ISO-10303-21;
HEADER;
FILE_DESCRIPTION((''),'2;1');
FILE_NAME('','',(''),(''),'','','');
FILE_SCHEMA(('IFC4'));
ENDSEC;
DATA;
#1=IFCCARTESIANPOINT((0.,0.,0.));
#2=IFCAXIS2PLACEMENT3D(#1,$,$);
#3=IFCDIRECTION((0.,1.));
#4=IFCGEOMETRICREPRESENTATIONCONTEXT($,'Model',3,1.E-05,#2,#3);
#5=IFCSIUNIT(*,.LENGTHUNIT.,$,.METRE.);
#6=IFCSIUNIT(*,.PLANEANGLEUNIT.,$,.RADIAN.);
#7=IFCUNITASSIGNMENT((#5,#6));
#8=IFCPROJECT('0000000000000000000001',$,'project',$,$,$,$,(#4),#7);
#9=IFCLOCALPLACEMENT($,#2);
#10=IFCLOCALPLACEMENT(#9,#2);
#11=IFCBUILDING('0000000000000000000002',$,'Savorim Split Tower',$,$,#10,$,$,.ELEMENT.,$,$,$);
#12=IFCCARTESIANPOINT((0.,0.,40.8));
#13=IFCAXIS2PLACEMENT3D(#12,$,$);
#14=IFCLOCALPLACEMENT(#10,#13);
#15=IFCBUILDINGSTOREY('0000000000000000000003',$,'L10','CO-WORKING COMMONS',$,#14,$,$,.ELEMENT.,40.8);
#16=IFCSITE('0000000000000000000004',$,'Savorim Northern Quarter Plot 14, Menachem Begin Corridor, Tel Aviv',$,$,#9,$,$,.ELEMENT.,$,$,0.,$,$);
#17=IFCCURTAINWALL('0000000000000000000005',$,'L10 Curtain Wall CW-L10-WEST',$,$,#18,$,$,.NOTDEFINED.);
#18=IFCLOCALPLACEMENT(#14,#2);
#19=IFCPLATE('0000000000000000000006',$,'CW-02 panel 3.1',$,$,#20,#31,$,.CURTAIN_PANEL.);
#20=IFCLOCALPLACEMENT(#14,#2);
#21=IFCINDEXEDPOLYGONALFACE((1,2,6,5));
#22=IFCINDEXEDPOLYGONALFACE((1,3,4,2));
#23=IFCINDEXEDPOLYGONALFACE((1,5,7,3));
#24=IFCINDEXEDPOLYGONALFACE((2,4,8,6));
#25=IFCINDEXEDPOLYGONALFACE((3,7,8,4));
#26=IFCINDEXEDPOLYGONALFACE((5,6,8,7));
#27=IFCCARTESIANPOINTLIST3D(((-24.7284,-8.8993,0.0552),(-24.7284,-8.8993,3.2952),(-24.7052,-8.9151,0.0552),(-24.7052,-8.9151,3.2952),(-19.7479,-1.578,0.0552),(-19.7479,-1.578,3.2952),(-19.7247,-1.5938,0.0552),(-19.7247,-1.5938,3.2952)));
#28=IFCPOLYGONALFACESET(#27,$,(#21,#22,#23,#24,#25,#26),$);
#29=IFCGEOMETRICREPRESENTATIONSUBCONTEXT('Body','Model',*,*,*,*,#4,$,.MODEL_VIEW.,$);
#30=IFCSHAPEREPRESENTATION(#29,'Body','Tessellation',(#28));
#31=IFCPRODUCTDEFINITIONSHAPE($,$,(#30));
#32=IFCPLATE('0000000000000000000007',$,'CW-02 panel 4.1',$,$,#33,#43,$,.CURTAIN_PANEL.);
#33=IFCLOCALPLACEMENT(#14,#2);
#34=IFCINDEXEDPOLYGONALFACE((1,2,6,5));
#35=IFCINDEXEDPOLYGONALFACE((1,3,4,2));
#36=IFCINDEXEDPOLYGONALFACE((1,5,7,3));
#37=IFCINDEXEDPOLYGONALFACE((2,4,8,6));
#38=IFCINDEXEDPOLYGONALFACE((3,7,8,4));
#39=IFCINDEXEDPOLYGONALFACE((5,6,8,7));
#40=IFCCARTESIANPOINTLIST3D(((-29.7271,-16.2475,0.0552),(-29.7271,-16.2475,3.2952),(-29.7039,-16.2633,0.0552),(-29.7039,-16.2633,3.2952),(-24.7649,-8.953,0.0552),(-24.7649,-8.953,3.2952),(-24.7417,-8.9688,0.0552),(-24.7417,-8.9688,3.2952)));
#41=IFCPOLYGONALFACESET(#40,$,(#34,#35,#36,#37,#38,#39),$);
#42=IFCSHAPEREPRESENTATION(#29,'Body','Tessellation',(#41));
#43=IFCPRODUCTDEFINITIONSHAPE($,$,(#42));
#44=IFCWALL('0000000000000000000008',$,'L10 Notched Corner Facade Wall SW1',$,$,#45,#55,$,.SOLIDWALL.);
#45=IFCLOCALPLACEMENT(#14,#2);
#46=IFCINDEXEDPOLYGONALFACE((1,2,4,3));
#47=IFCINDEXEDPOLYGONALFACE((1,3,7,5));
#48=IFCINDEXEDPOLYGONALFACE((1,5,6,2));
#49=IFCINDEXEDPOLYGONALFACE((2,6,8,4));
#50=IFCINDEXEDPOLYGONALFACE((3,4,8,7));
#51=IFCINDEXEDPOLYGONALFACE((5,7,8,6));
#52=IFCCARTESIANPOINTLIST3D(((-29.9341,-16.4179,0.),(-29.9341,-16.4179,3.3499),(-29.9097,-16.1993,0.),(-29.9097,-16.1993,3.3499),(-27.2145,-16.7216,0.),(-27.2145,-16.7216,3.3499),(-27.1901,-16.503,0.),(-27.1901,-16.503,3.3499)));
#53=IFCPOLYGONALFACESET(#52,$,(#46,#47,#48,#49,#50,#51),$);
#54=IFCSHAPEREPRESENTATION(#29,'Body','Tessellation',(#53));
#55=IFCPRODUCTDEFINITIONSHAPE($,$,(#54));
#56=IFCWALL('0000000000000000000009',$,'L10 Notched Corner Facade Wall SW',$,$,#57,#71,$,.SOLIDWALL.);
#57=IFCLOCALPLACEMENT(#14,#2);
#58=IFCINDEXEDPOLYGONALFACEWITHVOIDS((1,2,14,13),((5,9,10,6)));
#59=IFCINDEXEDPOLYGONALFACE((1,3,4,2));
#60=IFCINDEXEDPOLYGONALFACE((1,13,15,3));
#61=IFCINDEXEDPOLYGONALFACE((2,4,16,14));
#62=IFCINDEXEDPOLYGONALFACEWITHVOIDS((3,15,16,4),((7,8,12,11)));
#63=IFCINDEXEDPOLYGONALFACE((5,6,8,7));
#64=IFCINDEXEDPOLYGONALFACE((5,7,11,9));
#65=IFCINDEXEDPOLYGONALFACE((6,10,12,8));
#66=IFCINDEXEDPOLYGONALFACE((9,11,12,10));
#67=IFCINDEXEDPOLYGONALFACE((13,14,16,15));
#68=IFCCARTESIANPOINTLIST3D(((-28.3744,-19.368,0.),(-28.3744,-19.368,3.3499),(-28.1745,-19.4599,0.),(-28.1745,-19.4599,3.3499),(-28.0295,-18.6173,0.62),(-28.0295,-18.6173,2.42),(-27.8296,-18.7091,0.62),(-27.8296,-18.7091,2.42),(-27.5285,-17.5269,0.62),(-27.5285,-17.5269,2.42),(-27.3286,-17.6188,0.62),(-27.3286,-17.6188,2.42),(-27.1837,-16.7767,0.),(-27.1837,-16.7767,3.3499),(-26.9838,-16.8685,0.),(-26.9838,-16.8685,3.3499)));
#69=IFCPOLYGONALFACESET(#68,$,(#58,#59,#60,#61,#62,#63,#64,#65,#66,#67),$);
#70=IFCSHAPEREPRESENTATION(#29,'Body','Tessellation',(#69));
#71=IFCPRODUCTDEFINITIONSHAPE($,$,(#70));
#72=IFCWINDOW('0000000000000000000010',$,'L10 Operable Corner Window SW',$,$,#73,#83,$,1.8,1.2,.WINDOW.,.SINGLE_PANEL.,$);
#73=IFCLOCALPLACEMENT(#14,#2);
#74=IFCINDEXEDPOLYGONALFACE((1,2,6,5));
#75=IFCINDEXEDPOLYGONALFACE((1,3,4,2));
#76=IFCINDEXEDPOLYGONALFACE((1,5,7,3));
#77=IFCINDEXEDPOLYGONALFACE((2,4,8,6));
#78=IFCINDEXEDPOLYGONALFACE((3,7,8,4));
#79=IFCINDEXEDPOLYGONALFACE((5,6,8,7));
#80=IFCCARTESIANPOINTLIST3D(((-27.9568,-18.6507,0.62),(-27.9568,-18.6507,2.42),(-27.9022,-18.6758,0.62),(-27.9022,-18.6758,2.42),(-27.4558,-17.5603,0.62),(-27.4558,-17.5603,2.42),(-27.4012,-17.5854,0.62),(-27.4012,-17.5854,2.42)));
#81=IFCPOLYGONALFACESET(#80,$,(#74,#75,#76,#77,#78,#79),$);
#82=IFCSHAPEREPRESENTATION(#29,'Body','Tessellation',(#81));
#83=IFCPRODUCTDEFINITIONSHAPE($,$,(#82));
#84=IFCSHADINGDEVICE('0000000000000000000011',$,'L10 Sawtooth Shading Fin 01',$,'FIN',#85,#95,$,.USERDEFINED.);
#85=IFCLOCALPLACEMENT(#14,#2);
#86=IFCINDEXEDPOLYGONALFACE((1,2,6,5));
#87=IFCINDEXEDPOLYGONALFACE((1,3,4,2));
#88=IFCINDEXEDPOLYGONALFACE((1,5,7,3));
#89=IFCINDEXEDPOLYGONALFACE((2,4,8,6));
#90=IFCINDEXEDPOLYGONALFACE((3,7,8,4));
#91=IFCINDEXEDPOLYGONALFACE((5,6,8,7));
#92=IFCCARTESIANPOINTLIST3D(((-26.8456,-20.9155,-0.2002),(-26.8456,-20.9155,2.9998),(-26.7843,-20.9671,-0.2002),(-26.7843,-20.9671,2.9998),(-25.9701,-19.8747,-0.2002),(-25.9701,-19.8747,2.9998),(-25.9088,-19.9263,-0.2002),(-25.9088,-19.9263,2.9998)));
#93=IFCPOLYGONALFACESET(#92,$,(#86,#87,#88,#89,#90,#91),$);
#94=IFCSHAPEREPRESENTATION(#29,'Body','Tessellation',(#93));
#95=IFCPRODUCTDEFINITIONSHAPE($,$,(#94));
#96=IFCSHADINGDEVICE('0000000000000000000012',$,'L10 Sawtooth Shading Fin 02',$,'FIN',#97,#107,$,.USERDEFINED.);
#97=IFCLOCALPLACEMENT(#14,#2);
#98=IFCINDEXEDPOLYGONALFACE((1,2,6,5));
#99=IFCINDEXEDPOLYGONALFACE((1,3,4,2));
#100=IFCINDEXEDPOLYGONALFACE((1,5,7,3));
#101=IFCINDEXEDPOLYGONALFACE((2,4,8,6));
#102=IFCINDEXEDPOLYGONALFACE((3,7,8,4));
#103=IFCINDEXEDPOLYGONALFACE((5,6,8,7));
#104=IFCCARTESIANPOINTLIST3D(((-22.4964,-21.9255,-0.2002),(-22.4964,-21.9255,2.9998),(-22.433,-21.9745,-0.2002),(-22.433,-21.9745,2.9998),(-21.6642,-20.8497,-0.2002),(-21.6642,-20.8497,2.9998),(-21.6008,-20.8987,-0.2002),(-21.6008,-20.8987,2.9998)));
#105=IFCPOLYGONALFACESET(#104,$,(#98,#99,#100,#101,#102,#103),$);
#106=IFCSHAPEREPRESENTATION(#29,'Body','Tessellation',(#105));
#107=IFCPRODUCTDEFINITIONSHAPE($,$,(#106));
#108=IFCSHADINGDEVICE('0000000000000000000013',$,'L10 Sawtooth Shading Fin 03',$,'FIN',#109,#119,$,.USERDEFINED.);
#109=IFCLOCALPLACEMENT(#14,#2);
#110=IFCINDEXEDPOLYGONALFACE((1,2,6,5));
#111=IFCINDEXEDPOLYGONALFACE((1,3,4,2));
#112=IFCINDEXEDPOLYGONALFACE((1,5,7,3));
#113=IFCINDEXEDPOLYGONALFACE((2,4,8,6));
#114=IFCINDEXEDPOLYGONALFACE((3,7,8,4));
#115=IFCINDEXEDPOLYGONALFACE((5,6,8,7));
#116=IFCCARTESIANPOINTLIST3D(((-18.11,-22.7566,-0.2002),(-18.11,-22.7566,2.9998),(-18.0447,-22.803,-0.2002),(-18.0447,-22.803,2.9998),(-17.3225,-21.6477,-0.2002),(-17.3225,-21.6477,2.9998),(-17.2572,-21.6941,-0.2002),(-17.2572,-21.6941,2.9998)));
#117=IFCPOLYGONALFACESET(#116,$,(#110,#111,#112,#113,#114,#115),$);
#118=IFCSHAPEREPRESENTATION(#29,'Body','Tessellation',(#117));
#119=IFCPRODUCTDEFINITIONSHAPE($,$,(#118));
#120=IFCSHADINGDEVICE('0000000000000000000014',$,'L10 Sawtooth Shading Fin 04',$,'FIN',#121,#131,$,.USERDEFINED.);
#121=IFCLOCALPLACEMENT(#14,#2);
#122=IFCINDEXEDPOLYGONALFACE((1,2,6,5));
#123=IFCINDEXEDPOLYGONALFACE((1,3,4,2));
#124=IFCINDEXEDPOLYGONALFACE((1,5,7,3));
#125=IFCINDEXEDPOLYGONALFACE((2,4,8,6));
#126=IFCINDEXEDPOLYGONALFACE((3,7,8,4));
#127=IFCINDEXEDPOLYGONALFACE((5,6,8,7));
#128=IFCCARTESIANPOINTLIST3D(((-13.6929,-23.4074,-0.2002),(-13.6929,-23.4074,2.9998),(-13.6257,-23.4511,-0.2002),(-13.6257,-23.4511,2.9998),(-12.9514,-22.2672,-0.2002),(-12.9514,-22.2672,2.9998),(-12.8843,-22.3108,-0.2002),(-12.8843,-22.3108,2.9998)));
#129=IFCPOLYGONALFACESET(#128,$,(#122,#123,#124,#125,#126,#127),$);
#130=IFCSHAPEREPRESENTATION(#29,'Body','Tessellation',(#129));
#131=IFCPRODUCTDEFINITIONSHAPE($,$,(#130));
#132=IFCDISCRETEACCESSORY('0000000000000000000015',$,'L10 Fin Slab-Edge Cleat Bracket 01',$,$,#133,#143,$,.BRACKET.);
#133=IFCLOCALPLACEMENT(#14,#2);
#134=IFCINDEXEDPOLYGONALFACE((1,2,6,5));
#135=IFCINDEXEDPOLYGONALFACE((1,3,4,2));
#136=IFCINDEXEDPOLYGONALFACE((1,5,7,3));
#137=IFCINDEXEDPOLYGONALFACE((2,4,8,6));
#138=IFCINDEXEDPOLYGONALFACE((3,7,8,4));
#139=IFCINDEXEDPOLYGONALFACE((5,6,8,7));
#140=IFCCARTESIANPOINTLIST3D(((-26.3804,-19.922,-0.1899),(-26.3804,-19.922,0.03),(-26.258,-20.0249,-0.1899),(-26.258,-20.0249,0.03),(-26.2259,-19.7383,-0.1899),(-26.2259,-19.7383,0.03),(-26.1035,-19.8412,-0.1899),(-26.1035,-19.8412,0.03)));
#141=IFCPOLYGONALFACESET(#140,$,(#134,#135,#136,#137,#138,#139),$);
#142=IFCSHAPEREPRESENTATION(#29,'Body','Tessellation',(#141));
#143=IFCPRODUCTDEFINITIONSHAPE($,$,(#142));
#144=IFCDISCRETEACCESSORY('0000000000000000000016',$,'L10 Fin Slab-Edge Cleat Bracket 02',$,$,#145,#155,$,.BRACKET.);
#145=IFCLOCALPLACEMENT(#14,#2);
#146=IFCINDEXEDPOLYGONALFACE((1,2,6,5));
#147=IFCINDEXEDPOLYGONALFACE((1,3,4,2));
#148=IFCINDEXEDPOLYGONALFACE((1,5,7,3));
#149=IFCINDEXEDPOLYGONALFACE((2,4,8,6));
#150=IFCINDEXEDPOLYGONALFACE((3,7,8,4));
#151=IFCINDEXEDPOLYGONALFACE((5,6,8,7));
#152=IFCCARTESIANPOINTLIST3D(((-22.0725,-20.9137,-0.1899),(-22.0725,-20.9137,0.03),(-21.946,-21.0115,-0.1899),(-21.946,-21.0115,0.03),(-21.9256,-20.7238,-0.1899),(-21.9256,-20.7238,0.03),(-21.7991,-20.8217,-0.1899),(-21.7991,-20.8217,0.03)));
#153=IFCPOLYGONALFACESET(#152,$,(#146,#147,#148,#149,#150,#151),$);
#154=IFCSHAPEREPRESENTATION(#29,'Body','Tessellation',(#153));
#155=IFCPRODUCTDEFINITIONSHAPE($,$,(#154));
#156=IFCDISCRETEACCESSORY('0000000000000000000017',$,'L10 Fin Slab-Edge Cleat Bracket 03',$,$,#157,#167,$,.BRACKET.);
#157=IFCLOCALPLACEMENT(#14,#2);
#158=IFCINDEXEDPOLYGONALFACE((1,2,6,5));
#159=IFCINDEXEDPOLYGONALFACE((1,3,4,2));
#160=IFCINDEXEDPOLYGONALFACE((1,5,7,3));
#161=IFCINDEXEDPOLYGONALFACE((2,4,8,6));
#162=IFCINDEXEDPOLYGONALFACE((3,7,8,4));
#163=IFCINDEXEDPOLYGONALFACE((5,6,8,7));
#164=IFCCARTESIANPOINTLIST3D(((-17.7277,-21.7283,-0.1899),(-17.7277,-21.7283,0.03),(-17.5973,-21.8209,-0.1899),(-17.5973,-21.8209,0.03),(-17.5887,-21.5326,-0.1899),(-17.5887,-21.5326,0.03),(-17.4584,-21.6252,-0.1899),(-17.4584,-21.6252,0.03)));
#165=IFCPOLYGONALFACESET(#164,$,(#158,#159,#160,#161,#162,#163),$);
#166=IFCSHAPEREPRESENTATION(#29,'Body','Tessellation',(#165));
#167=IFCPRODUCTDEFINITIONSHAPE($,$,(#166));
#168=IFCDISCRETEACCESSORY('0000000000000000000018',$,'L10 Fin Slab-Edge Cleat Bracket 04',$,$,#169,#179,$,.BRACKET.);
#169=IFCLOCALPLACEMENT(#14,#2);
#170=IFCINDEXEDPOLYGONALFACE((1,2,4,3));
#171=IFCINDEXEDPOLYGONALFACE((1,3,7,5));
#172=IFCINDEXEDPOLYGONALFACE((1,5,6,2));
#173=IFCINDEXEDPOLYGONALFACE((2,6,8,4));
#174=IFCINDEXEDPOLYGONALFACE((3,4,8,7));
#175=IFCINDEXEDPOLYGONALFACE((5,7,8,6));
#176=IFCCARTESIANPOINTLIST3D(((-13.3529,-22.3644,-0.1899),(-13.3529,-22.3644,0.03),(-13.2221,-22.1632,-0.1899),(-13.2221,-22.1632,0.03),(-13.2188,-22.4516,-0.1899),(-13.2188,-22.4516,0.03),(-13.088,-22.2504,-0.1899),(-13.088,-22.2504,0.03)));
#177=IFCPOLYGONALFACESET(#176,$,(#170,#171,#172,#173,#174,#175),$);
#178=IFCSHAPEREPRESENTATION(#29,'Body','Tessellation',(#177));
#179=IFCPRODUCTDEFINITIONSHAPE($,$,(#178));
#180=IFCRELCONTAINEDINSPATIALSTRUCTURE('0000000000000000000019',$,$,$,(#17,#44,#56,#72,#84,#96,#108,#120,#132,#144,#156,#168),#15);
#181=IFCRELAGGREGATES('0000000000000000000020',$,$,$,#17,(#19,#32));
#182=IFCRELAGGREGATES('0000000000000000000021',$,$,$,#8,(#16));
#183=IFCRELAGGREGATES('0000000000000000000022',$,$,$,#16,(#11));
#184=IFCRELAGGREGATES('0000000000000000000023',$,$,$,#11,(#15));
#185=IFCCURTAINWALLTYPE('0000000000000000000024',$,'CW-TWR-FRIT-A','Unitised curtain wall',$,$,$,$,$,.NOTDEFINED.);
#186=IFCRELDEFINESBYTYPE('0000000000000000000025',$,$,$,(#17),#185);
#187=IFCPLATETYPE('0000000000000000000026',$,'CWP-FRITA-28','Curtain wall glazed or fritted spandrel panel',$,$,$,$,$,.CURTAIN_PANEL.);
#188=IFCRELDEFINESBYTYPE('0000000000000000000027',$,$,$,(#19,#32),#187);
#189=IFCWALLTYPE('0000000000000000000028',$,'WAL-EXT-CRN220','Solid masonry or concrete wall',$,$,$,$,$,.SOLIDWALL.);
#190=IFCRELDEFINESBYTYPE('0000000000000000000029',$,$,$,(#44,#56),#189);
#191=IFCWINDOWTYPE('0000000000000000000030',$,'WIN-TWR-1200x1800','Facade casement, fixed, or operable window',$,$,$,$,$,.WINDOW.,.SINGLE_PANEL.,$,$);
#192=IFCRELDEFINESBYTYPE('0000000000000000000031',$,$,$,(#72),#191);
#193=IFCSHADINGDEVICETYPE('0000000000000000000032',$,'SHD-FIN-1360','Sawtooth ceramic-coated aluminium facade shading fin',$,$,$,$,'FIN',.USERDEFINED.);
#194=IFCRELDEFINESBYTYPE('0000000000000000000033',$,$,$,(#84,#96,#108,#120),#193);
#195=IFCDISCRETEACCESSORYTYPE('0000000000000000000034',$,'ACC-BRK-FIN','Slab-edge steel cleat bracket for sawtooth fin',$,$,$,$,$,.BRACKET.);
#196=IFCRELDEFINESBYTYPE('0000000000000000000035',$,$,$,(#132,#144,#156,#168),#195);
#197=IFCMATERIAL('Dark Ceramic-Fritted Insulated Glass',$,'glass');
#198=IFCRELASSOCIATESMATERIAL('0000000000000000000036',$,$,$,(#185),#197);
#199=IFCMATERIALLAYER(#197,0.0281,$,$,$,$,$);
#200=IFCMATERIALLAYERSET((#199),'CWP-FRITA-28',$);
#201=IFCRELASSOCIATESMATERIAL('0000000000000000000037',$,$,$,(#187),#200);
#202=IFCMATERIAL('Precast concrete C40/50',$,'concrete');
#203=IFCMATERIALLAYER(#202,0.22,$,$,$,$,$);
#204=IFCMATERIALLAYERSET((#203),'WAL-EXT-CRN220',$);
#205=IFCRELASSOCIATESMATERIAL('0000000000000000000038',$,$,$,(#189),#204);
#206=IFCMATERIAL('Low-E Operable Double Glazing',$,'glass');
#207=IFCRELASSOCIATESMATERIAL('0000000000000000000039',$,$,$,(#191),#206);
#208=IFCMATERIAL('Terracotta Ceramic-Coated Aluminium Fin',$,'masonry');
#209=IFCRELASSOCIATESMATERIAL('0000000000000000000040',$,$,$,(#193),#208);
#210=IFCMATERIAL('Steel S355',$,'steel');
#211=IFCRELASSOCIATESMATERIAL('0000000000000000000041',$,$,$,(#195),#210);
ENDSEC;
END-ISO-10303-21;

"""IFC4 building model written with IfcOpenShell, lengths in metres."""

from ifc_helpers import new_model, si_unit, direction, frame, frame_2d, origin, origin_2d, place, context, subcontext, project, spatial, rectangle, extrude, material, layer, layer_set, type_object, element, fill, aggregate, save


model = new_model("IFC4")

# Units and contexts
model_context = context("Model", 3, precision=1e-05, world=origin(), true_north=direction((0.0, 1.0)))
body_context = subcontext(model_context, "Body", "Model", "MODEL_VIEW")
ifc_project = project(units=[si_unit("LENGTHUNIT", "METRE"), si_unit("PLANEANGLEUNIT", "RADIAN")], contexts=[model_context])

# Site, building, storey
site_placement = place(None, origin())
site = spatial("IfcSite", under=ifc_project, at=site_placement, Name="Savorim Northern Quarter Plot 14, Menachem Begin Corridor, Tel Aviv", CompositionType="ELEMENT", RefElevation=0.0)
building_placement = place(site_placement, origin())
building = spatial("IfcBuilding", under=site, at=building_placement, Name="Savorim Split Tower", CompositionType="ELEMENT")
storey_placement = place(building_placement, frame((0.0, 0.0, 40.8)))
storey = spatial("IfcBuildingStorey", under=building, at=storey_placement, Name="L10", Description="CO-WORKING COMMONS", CompositionType="ELEMENT", Elevation=40.8)

# Shared definitions
ifc_material_1 = material(Name="Steel S355", Category="steel")

# Shared definitions
ifc_material_2 = material(Name="Dark Ceramic-Fritted Insulated Glass", Category="glass")
curtain_wall_type = type_object("IfcCurtainWallType", Name="CW-TWR-FRIT-A", Description="Unitised curtain wall", PredefinedType="NOTDEFINED", material=ifc_material_2)

# Curtain wall
curtain_wall_1_placement = place(storey_placement, origin())
curtain_wall_1 = element("IfcCurtainWall", 1, at=curtain_wall_1_placement, inside=storey, type_object=curtain_wall_type, Name="L10 Curtain Wall CW-L10-WEST", PredefinedType="NOTDEFINED")

# Plates
ifc_layer_1 = layer(ifc_material_2, 0.0281)
ifc_layer_set_1 = layer_set([ifc_layer_1], Name="CWP-FRITA-28")
plate_type = type_object("IfcPlateType", Name="CWP-FRITA-28", Description="Curtain wall glazed or fritted spandrel panel", PredefinedType="CURTAIN_PANEL", material=ifc_layer_set_1)
plate_1_placement = place(storey_placement, frame((-22.2266, -5.2466, 0.0552), z_axis=(0.0, 0.0, 1.0), x_axis=(-0.562465, -0.826821, 0.0)))
plate_1 = element("IfcPlate", 2, at=plate_1_placement, type_object=plate_type, Name="CW-02 panel 3.1", PredefinedType="CURTAIN_PANEL", context=body_context, shape_type="SweptSolid", body=[
    extrude(rectangle(XDim=8.8547, YDim=0.0281, at=origin_2d()), origin(), (0.0, 0.0, 1.0), 3.24),
])
plate_2_placement = place(storey_placement, frame((-27.2344, -12.6082, 0.0552), z_axis=(0.0, 0.0, 1.0), x_axis=(-0.562465, -0.826821, 0.0)))
plate_2 = element("IfcPlate", 3, at=plate_2_placement, type_object=plate_type, Name="CW-02 panel 4.1", PredefinedType="CURTAIN_PANEL", context=body_context, shape_type="SweptSolid", body=[
    extrude(rectangle(XDim=8.8223, YDim=0.0281, at=origin_2d()), origin(), (0.0, 0.0, 1.0), 3.24),
])
aggregate(curtain_wall_1, [plate_1, plate_2])

# Wall
ifc_material_3 = material(Name="Precast concrete C40/50", Category="concrete")
ifc_layer_2 = layer(ifc_material_3, 0.22)
ifc_layer_set_2 = layer_set([ifc_layer_2], Name="WAL-EXT-CRN220")
wall_type = type_object("IfcWallType", Name="WAL-EXT-CRN220", Description="Solid masonry or concrete wall", PredefinedType="SOLIDWALL", material=ifc_layer_set_2)
wall_1_placement = place(storey_placement, frame((-27.2024, -16.6123, 0.0), z_axis=(0.0, 0.0, 1.0), x_axis=(-0.993823, 0.11098, 0.0)))
element("IfcWall", 4, at=wall_1_placement, inside=storey, type_object=wall_type, Name="L10 Notched Corner Facade Wall SW1", PredefinedType="SOLIDWALL", context=body_context, shape_type="SweptSolid", body=[
    extrude(rectangle(XDim=2.7366, YDim=0.22, at=frame_2d((1.3682, 0.0))), origin(), (0.0, 0.0, 1.0), 3.3499),
])

# Wall, opening, window
wall_2_placement = place(storey_placement, frame((-28.2744, -19.4138, 0.0), z_axis=(0.0, 0.0, 1.0), x_axis=(0.417521, 0.908667, 0.0)))
wall_2 = element("IfcWall", 5, at=wall_2_placement, inside=storey, type_object=wall_type, Name="L10 Notched Corner Facade Wall SW", PredefinedType="SOLIDWALL", context=body_context, shape_type="SweptSolid", body=[
    extrude(rectangle(XDim=2.8518, YDim=0.22, at=frame_2d((1.4258, 0.0))), origin(), (0.0, 0.0, 1.0), 3.3499),
])
opening_placement = place(wall_2_placement, frame((0.8259, 0.0, 0.6201)))
opening = element("IfcOpeningElement", 6, at=opening_placement, cuts=wall_2, PredefinedType="OPENING", context=body_context, shape_type="SweptSolid", body=[
    extrude(rectangle(XDim=1.2, YDim=1.8, at=frame_2d((0.6001, 0.8999))), frame((0.0, 0.1199, 0.0), z_axis=(0.0, -1.0, 0.0), x_axis=(1.0, 0.0, 0.0)), (0.0, 0.0, 1.0), 0.24),
])
ifc_material_4 = material(Name="Low-E Operable Double Glazing", Category="glass")
window_type = type_object("IfcWindowType", Name="WIN-TWR-1200x1800", Description="Facade casement, fixed, or operable window", PartitioningType="SINGLE_PANEL", PredefinedType="WINDOW", material=ifc_material_4)
window_placement = place(opening_placement, origin())
window = element("IfcWindow", 7, at=window_placement, inside=storey, type_object=window_type, Name="L10 Operable Corner Window SW", OverallHeight=1.8, OverallWidth=1.2, PartitioningType="SINGLE_PANEL", PredefinedType="WINDOW", context=body_context, shape_type="SweptSolid", body=[
    extrude(rectangle(XDim=1.2, YDim=1.8, at=frame_2d((0.6001, 0.8999))), frame((0.0, 0.03, 0.0), z_axis=(0.0, -1.0, 0.0), x_axis=(1.0, 0.0, 0.0)), (0.0, 0.0, 1.0), 0.0601),
])
fill(opening, window)

# Shading devices
ifc_material_5 = material(Name="Terracotta Ceramic-Coated Aluminium Fin", Category="masonry")
shading_device_type = type_object("IfcShadingDeviceType", Name="SHD-FIN-1360", Description="Sawtooth ceramic-coated aluminium facade shading fin", ElementType="FIN", PredefinedType="USERDEFINED", material=ifc_material_5)
for number, where, z_axis, x_axis, name in (
    (8, (-26.3772, -20.4209, -0.2002), (0.0, 0.0, 1.0), (-0.643719, -0.765262, 0.0), "L10 Sawtooth Shading Fin 01"),
    (9, (-22.0486, -21.4121, -0.2002), (0.0, 0.0, 1.0), (-0.611868, -0.79096, 0.0), "L10 Sawtooth Shading Fin 02"),
    (10, (-17.6836, -22.2253, -0.2002), (0.0, 0.0, 1.0), (-0.578994, -0.815332, 0.0), "L10 Sawtooth Shading Fin 03"),
    (11, (-13.2886, -22.8591, -0.2002), (0.0, 0.0, 1.0), (-0.545148, -0.83834, 0.0), "L10 Sawtooth Shading Fin 04"),
):
    element("IfcShadingDevice", number, at=place(storey_placement, frame(where, z_axis=z_axis, x_axis=x_axis)), inside=storey, type_object=shading_device_type, Name=name, ObjectType="FIN", PredefinedType="USERDEFINED", context=body_context, shape_type="SweptSolid", body=[
        extrude(rectangle(XDim=1.3601, YDim=0.0801, at=origin_2d()), origin(), (0.0, 0.0, 1.0), 3.2),
    ])

# Discrete accessories
discrete_accessory_type = type_object("IfcDiscreteAccessoryType", Name="ACC-BRK-FIN", Description="Slab-edge steel cleat bracket for sawtooth fin", PredefinedType="BRACKET", material=ifc_material_1)
for number, where, z_axis, x_axis, name in (
    (12, (-26.2419, -19.8816, -0.1899), (0.0, 0.0, 1.0), (-0.643719, -0.765262, 0.0), "L10 Fin Slab-Edge Cleat Bracket 01"),
    (13, (-21.9358, -20.8677, -0.1899), (0.0, 0.0, 1.0), (-0.611868, -0.79096, 0.0), "L10 Fin Slab-Edge Cleat Bracket 02"),
    (14, (-17.593, -21.6768, -0.1899), (0.0, 0.0, 1.0), (-0.578994, -0.815332, 0.0), "L10 Fin Slab-Edge Cleat Bracket 03"),
    (15, (-13.2205, -22.3074, -0.1899), (0.0, 0.0, 1.0), (-0.545148, -0.83834, 0.0), "L10 Fin Slab-Edge Cleat Bracket 04"),
):
    element("IfcDiscreteAccessory", number, at=place(storey_placement, frame(where, z_axis=z_axis, x_axis=x_axis)), inside=storey, type_object=discrete_accessory_type, Name=name, PredefinedType="BRACKET", context=body_context, shape_type="SweptSolid", body=[
        extrude(rectangle(XDim=0.24, YDim=0.1599, at=origin_2d()), origin(), (0.0, 0.0, 1.0), 0.22),
    ])

save(model, "model.ifc")
